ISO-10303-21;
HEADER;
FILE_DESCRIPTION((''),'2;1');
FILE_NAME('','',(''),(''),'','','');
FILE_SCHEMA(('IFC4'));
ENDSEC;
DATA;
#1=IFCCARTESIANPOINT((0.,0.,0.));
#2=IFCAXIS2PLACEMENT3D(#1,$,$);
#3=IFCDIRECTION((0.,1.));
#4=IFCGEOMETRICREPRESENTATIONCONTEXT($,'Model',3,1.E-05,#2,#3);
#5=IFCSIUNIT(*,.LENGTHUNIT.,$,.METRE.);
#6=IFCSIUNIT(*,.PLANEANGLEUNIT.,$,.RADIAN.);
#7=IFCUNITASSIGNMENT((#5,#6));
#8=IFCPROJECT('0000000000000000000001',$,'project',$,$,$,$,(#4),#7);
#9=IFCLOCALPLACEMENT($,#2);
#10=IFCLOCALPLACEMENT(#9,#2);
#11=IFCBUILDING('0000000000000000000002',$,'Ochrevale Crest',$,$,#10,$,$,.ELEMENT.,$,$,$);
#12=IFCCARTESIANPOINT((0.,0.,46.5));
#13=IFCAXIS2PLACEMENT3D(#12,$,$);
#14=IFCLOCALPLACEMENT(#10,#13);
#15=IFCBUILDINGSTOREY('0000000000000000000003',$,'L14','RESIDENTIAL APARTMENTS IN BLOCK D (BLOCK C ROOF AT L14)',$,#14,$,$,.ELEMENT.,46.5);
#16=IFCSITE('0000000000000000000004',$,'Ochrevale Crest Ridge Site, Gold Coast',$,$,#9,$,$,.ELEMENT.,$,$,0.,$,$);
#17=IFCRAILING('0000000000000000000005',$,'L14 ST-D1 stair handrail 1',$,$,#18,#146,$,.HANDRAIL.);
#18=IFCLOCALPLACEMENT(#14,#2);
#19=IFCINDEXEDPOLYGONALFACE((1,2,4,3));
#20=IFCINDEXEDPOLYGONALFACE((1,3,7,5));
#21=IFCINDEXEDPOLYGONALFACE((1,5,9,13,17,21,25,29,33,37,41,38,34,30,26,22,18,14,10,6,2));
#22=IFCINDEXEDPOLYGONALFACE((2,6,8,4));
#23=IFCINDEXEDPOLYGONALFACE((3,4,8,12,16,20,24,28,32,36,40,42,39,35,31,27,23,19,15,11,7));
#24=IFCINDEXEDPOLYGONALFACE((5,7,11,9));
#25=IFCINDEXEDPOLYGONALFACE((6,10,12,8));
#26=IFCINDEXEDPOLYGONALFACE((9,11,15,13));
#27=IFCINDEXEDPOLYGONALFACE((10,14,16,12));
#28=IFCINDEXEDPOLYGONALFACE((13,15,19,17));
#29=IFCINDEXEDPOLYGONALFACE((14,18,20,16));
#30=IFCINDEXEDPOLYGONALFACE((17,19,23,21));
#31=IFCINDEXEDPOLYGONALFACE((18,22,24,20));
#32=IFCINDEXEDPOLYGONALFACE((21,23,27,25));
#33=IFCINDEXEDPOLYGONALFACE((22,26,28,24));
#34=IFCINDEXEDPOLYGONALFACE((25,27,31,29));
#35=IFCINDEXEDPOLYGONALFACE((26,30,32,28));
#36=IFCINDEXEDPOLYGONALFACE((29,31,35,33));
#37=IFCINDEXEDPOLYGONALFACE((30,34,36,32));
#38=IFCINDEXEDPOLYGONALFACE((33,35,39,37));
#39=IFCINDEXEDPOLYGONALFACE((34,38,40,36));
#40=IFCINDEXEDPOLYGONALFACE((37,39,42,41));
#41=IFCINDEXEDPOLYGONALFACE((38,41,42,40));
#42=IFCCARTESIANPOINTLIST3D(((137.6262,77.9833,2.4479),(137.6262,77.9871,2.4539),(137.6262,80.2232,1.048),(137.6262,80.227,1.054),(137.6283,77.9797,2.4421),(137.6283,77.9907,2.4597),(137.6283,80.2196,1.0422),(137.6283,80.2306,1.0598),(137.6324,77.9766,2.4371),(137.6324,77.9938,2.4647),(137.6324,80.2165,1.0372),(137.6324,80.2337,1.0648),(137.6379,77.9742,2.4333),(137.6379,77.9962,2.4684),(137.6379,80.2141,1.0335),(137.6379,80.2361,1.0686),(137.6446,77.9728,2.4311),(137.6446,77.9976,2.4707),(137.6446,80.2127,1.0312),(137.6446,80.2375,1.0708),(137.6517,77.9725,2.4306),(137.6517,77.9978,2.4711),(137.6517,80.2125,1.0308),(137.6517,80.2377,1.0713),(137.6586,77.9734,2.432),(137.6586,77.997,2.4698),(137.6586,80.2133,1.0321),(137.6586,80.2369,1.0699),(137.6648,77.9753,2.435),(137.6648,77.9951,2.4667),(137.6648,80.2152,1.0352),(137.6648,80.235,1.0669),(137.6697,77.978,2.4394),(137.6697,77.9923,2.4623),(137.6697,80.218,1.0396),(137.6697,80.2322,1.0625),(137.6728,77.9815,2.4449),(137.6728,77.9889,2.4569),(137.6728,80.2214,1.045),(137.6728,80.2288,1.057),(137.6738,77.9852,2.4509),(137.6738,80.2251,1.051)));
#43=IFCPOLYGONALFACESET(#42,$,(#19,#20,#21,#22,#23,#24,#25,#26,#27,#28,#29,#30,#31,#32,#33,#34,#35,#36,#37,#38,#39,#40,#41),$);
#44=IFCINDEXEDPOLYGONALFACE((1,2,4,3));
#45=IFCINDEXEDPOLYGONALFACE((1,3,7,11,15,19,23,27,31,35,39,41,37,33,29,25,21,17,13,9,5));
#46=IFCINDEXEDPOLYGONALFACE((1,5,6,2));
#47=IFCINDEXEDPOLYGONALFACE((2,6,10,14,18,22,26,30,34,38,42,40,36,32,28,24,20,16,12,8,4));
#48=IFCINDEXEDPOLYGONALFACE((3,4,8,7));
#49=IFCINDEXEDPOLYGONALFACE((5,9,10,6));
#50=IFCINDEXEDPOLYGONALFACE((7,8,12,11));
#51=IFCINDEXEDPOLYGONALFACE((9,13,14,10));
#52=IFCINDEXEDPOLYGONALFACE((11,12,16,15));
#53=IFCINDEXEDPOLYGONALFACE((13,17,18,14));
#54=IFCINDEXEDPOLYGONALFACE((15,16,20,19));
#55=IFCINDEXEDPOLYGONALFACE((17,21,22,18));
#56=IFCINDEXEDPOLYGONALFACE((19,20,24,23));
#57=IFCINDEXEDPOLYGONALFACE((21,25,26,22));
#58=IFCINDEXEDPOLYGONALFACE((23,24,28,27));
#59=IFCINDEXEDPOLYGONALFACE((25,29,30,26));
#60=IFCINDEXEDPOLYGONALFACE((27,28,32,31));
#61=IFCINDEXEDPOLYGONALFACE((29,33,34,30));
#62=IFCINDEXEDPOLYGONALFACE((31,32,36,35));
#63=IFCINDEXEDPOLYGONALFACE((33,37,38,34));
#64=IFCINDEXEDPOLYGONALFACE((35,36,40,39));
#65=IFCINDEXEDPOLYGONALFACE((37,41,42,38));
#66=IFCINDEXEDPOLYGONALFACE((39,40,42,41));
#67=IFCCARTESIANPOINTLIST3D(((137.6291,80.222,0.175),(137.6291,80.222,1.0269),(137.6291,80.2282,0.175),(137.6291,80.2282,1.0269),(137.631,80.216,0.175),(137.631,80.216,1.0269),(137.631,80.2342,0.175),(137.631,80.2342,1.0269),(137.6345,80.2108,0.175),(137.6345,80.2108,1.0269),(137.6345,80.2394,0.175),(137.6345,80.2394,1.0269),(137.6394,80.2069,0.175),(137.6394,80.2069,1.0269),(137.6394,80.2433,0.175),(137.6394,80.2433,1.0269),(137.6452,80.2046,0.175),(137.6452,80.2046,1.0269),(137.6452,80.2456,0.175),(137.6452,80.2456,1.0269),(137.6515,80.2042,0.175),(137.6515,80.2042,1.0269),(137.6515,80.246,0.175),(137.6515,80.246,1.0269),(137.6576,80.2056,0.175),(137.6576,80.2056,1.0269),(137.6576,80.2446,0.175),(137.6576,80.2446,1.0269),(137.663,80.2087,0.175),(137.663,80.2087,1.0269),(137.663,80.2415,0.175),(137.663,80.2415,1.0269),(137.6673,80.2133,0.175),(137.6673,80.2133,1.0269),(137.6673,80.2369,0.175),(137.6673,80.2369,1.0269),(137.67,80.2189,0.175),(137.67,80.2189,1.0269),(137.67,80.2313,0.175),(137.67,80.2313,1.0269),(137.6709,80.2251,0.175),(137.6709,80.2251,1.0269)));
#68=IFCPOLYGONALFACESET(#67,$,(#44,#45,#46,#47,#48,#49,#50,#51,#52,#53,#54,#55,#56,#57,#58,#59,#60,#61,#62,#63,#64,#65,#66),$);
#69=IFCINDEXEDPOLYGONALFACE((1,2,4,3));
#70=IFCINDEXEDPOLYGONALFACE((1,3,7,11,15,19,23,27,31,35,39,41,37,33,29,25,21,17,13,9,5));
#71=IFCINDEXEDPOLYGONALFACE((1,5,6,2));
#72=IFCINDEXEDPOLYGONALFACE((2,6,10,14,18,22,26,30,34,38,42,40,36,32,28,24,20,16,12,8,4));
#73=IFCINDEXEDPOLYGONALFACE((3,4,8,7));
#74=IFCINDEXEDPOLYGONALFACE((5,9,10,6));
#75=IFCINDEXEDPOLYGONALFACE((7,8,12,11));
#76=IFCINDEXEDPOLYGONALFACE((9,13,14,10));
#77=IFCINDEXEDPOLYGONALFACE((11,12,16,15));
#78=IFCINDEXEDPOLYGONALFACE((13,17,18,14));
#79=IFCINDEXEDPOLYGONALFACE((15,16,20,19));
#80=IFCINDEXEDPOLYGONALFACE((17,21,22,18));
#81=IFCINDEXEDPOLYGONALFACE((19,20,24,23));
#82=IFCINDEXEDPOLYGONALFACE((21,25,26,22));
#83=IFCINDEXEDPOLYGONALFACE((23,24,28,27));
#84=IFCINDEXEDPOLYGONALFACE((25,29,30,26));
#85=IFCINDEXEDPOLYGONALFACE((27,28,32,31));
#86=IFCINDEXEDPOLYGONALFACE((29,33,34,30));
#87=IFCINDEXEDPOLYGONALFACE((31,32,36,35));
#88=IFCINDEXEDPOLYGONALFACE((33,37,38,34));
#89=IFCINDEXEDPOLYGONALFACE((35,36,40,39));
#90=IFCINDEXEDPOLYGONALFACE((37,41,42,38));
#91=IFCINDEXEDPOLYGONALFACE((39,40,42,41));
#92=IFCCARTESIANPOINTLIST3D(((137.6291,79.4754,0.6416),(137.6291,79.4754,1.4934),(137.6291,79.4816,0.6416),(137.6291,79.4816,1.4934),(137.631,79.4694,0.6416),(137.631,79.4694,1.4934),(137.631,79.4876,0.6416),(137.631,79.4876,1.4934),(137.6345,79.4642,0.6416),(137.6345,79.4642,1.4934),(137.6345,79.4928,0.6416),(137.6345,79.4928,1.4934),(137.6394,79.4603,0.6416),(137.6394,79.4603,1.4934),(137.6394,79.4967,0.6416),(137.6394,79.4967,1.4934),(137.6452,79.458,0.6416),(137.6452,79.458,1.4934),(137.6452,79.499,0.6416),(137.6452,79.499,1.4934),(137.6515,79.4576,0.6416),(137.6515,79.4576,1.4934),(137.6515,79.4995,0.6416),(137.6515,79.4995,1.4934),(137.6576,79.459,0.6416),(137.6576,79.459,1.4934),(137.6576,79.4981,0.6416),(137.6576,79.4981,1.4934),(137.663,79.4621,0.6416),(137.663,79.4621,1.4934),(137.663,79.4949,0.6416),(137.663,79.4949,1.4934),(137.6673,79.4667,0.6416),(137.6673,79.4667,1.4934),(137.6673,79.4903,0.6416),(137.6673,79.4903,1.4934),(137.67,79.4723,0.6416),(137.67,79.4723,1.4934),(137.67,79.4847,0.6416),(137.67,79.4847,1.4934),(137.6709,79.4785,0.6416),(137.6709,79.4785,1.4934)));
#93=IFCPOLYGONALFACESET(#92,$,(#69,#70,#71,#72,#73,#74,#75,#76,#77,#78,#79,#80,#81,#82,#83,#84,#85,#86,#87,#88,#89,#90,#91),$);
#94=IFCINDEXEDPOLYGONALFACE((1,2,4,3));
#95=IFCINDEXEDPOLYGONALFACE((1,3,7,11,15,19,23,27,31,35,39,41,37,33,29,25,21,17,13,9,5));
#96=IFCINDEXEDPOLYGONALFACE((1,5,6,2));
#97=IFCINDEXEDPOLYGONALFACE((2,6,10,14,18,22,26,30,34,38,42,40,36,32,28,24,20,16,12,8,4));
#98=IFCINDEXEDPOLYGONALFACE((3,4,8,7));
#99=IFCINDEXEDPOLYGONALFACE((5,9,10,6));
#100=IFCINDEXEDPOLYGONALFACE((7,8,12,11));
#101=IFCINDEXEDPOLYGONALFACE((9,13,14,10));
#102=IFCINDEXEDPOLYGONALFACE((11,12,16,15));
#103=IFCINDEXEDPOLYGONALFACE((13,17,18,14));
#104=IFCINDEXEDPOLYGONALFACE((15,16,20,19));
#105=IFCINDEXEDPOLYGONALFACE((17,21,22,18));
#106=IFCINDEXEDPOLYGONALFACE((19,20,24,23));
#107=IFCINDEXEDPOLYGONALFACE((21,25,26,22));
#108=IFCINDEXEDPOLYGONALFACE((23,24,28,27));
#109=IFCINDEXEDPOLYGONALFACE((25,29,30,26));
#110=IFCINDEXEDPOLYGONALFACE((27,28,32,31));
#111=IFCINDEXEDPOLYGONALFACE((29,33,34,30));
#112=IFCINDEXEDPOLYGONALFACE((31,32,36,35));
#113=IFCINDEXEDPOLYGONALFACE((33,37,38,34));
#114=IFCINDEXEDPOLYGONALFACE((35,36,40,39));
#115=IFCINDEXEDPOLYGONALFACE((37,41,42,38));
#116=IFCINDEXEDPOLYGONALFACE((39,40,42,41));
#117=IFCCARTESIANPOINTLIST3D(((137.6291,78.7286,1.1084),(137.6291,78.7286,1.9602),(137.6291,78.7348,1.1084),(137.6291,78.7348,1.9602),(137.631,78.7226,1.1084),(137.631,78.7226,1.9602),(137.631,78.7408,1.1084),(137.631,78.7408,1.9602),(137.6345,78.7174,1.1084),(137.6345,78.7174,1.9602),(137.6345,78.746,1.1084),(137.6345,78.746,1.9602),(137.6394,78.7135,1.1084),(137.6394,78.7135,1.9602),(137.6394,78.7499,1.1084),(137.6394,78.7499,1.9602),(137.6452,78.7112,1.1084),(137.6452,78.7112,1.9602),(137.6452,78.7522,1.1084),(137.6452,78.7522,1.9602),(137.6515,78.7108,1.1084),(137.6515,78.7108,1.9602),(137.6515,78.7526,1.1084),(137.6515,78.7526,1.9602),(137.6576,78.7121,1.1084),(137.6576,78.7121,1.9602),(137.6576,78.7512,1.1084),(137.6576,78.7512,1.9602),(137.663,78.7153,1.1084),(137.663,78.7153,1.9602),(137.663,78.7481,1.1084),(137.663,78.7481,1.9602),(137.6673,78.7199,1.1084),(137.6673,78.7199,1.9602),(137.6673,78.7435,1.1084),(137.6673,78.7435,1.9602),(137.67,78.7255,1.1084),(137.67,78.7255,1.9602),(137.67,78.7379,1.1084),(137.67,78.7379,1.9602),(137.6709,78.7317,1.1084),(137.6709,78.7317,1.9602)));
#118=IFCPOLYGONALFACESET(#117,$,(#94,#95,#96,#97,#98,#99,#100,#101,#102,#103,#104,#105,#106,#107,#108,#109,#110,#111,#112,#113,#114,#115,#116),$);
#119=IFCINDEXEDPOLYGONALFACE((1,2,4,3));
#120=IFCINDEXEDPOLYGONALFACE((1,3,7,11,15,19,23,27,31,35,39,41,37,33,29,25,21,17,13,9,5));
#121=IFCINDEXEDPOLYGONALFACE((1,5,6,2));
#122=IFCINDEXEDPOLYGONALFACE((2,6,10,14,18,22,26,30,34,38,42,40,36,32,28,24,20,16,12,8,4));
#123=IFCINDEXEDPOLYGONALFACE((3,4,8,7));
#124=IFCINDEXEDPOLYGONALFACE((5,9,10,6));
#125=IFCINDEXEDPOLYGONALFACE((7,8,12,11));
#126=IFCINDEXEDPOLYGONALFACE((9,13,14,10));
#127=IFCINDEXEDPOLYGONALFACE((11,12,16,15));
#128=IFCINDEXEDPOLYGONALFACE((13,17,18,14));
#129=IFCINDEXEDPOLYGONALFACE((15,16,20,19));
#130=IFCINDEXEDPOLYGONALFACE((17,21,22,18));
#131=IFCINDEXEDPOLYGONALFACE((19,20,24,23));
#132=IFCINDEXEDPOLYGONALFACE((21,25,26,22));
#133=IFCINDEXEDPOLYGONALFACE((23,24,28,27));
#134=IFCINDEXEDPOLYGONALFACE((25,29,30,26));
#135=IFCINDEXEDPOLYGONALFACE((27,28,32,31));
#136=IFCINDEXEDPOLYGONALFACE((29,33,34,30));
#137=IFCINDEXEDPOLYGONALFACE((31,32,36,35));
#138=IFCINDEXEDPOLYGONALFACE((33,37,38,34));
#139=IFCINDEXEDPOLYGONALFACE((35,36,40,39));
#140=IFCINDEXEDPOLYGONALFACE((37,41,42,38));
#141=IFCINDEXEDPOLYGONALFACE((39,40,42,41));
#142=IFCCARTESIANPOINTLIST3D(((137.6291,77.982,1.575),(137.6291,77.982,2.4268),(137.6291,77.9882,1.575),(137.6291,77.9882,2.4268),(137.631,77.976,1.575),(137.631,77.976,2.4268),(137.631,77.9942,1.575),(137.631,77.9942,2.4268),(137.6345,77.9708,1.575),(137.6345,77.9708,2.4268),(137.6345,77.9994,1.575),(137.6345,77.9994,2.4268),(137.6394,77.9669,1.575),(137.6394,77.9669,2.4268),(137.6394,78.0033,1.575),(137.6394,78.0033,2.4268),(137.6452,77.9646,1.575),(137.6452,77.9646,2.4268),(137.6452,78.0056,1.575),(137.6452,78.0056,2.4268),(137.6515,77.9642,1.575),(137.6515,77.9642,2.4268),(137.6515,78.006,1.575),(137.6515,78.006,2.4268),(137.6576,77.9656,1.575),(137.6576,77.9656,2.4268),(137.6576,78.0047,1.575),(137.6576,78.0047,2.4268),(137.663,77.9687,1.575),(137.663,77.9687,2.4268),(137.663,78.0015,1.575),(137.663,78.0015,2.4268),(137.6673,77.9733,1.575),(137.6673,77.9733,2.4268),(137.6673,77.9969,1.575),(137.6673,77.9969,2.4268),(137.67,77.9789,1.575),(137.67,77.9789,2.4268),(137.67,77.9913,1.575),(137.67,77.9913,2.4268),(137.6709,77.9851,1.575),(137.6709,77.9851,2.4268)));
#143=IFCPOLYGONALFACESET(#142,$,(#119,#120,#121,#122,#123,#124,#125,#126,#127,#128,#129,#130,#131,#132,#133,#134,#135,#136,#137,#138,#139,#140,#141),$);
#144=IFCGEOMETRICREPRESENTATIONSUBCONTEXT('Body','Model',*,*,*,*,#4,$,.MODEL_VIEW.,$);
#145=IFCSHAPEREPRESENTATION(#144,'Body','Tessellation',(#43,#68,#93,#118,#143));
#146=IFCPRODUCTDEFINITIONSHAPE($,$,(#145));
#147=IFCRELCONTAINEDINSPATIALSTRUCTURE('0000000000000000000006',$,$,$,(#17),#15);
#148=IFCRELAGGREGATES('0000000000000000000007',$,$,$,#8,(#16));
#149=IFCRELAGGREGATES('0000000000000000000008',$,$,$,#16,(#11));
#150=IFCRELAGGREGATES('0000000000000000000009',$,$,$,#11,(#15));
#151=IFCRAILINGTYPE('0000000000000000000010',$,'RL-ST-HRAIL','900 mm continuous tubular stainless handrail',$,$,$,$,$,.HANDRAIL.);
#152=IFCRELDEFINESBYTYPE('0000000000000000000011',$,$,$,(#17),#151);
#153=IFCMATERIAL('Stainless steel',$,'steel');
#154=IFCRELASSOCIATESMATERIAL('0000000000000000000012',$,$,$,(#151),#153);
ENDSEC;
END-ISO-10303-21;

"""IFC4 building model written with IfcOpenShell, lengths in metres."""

from ifc_helpers import new_model, si_unit, direction, frame, origin, origin_2d, place, context, subcontext, project, spatial, circle, extrude, material, type_object, element, save


model = new_model("IFC4")

# Units and contexts
model_context = context("Model", 3, precision=1e-05, world=origin(), true_north=direction((0.0, 1.0)))
body_context = subcontext(model_context, "Body", "Model", "MODEL_VIEW")
ifc_project = project(units=[si_unit("LENGTHUNIT", "METRE"), si_unit("PLANEANGLEUNIT", "RADIAN")], contexts=[model_context])

# Site, building, storey
site_placement = place(None, origin())
site = spatial("IfcSite", under=ifc_project, at=site_placement, Name="Ochrevale Crest Ridge Site, Gold Coast", CompositionType="ELEMENT", RefElevation=0.0)
building_placement = place(site_placement, origin())
building = spatial("IfcBuilding", under=site, at=building_placement, Name="Ochrevale Crest", CompositionType="ELEMENT")
storey_placement = place(building_placement, frame((0.0, 0.0, 46.5)))
storey = spatial("IfcBuildingStorey", under=building, at=storey_placement, Name="L14", Description="RESIDENTIAL APARTMENTS IN BLOCK D (BLOCK C ROOF AT L14)", CompositionType="ELEMENT", Elevation=46.5)

# Railing
ifc_material_1 = material(Name="Stainless steel", Category="steel")
railing_type_1 = type_object("IfcRailingType", Name="RL-ST-HRAIL", Description="900 mm continuous tubular stainless handrail", PredefinedType="HANDRAIL", material=ifc_material_1)
railing_1_placement = place(storey_placement, frame((137.6499, 80.2251, 0.175)))
element("IfcRailing", 1, at=railing_1_placement, inside=storey, type_object=railing_type_1, Name="L14 ST-D1 stair handrail 1", PredefinedType="HANDRAIL", context=body_context, shape_type="SweptSolid", body=[
    extrude(circle(Radius=0.0239, at=origin_2d()), frame((0.0, 0.0, 0.876), z_axis=(0.0, -0.848014, 0.529974), x_axis=(1.0, 0.0, 0.0)), (0.0, 0.0, 1.0), 2.6414),
    extrude(circle(Radius=0.021, at=origin_2d()), origin(), (0.0, 0.0, 1.0), 0.8518),
    extrude(circle(Radius=0.021, at=origin_2d()), frame((0.0, -0.7466, 0.4666)), (0.0, 0.0, 1.0), 0.8518),
    extrude(circle(Radius=0.021, at=origin_2d()), frame((0.0, -1.4934, 0.9333)), (0.0, 0.0, 1.0), 0.8518),
    extrude(circle(Radius=0.021, at=origin_2d()), frame((0.0, -2.24, 1.3999)), (0.0, 0.0, 1.0), 0.8518),
])

save(model, "model.ifc")
